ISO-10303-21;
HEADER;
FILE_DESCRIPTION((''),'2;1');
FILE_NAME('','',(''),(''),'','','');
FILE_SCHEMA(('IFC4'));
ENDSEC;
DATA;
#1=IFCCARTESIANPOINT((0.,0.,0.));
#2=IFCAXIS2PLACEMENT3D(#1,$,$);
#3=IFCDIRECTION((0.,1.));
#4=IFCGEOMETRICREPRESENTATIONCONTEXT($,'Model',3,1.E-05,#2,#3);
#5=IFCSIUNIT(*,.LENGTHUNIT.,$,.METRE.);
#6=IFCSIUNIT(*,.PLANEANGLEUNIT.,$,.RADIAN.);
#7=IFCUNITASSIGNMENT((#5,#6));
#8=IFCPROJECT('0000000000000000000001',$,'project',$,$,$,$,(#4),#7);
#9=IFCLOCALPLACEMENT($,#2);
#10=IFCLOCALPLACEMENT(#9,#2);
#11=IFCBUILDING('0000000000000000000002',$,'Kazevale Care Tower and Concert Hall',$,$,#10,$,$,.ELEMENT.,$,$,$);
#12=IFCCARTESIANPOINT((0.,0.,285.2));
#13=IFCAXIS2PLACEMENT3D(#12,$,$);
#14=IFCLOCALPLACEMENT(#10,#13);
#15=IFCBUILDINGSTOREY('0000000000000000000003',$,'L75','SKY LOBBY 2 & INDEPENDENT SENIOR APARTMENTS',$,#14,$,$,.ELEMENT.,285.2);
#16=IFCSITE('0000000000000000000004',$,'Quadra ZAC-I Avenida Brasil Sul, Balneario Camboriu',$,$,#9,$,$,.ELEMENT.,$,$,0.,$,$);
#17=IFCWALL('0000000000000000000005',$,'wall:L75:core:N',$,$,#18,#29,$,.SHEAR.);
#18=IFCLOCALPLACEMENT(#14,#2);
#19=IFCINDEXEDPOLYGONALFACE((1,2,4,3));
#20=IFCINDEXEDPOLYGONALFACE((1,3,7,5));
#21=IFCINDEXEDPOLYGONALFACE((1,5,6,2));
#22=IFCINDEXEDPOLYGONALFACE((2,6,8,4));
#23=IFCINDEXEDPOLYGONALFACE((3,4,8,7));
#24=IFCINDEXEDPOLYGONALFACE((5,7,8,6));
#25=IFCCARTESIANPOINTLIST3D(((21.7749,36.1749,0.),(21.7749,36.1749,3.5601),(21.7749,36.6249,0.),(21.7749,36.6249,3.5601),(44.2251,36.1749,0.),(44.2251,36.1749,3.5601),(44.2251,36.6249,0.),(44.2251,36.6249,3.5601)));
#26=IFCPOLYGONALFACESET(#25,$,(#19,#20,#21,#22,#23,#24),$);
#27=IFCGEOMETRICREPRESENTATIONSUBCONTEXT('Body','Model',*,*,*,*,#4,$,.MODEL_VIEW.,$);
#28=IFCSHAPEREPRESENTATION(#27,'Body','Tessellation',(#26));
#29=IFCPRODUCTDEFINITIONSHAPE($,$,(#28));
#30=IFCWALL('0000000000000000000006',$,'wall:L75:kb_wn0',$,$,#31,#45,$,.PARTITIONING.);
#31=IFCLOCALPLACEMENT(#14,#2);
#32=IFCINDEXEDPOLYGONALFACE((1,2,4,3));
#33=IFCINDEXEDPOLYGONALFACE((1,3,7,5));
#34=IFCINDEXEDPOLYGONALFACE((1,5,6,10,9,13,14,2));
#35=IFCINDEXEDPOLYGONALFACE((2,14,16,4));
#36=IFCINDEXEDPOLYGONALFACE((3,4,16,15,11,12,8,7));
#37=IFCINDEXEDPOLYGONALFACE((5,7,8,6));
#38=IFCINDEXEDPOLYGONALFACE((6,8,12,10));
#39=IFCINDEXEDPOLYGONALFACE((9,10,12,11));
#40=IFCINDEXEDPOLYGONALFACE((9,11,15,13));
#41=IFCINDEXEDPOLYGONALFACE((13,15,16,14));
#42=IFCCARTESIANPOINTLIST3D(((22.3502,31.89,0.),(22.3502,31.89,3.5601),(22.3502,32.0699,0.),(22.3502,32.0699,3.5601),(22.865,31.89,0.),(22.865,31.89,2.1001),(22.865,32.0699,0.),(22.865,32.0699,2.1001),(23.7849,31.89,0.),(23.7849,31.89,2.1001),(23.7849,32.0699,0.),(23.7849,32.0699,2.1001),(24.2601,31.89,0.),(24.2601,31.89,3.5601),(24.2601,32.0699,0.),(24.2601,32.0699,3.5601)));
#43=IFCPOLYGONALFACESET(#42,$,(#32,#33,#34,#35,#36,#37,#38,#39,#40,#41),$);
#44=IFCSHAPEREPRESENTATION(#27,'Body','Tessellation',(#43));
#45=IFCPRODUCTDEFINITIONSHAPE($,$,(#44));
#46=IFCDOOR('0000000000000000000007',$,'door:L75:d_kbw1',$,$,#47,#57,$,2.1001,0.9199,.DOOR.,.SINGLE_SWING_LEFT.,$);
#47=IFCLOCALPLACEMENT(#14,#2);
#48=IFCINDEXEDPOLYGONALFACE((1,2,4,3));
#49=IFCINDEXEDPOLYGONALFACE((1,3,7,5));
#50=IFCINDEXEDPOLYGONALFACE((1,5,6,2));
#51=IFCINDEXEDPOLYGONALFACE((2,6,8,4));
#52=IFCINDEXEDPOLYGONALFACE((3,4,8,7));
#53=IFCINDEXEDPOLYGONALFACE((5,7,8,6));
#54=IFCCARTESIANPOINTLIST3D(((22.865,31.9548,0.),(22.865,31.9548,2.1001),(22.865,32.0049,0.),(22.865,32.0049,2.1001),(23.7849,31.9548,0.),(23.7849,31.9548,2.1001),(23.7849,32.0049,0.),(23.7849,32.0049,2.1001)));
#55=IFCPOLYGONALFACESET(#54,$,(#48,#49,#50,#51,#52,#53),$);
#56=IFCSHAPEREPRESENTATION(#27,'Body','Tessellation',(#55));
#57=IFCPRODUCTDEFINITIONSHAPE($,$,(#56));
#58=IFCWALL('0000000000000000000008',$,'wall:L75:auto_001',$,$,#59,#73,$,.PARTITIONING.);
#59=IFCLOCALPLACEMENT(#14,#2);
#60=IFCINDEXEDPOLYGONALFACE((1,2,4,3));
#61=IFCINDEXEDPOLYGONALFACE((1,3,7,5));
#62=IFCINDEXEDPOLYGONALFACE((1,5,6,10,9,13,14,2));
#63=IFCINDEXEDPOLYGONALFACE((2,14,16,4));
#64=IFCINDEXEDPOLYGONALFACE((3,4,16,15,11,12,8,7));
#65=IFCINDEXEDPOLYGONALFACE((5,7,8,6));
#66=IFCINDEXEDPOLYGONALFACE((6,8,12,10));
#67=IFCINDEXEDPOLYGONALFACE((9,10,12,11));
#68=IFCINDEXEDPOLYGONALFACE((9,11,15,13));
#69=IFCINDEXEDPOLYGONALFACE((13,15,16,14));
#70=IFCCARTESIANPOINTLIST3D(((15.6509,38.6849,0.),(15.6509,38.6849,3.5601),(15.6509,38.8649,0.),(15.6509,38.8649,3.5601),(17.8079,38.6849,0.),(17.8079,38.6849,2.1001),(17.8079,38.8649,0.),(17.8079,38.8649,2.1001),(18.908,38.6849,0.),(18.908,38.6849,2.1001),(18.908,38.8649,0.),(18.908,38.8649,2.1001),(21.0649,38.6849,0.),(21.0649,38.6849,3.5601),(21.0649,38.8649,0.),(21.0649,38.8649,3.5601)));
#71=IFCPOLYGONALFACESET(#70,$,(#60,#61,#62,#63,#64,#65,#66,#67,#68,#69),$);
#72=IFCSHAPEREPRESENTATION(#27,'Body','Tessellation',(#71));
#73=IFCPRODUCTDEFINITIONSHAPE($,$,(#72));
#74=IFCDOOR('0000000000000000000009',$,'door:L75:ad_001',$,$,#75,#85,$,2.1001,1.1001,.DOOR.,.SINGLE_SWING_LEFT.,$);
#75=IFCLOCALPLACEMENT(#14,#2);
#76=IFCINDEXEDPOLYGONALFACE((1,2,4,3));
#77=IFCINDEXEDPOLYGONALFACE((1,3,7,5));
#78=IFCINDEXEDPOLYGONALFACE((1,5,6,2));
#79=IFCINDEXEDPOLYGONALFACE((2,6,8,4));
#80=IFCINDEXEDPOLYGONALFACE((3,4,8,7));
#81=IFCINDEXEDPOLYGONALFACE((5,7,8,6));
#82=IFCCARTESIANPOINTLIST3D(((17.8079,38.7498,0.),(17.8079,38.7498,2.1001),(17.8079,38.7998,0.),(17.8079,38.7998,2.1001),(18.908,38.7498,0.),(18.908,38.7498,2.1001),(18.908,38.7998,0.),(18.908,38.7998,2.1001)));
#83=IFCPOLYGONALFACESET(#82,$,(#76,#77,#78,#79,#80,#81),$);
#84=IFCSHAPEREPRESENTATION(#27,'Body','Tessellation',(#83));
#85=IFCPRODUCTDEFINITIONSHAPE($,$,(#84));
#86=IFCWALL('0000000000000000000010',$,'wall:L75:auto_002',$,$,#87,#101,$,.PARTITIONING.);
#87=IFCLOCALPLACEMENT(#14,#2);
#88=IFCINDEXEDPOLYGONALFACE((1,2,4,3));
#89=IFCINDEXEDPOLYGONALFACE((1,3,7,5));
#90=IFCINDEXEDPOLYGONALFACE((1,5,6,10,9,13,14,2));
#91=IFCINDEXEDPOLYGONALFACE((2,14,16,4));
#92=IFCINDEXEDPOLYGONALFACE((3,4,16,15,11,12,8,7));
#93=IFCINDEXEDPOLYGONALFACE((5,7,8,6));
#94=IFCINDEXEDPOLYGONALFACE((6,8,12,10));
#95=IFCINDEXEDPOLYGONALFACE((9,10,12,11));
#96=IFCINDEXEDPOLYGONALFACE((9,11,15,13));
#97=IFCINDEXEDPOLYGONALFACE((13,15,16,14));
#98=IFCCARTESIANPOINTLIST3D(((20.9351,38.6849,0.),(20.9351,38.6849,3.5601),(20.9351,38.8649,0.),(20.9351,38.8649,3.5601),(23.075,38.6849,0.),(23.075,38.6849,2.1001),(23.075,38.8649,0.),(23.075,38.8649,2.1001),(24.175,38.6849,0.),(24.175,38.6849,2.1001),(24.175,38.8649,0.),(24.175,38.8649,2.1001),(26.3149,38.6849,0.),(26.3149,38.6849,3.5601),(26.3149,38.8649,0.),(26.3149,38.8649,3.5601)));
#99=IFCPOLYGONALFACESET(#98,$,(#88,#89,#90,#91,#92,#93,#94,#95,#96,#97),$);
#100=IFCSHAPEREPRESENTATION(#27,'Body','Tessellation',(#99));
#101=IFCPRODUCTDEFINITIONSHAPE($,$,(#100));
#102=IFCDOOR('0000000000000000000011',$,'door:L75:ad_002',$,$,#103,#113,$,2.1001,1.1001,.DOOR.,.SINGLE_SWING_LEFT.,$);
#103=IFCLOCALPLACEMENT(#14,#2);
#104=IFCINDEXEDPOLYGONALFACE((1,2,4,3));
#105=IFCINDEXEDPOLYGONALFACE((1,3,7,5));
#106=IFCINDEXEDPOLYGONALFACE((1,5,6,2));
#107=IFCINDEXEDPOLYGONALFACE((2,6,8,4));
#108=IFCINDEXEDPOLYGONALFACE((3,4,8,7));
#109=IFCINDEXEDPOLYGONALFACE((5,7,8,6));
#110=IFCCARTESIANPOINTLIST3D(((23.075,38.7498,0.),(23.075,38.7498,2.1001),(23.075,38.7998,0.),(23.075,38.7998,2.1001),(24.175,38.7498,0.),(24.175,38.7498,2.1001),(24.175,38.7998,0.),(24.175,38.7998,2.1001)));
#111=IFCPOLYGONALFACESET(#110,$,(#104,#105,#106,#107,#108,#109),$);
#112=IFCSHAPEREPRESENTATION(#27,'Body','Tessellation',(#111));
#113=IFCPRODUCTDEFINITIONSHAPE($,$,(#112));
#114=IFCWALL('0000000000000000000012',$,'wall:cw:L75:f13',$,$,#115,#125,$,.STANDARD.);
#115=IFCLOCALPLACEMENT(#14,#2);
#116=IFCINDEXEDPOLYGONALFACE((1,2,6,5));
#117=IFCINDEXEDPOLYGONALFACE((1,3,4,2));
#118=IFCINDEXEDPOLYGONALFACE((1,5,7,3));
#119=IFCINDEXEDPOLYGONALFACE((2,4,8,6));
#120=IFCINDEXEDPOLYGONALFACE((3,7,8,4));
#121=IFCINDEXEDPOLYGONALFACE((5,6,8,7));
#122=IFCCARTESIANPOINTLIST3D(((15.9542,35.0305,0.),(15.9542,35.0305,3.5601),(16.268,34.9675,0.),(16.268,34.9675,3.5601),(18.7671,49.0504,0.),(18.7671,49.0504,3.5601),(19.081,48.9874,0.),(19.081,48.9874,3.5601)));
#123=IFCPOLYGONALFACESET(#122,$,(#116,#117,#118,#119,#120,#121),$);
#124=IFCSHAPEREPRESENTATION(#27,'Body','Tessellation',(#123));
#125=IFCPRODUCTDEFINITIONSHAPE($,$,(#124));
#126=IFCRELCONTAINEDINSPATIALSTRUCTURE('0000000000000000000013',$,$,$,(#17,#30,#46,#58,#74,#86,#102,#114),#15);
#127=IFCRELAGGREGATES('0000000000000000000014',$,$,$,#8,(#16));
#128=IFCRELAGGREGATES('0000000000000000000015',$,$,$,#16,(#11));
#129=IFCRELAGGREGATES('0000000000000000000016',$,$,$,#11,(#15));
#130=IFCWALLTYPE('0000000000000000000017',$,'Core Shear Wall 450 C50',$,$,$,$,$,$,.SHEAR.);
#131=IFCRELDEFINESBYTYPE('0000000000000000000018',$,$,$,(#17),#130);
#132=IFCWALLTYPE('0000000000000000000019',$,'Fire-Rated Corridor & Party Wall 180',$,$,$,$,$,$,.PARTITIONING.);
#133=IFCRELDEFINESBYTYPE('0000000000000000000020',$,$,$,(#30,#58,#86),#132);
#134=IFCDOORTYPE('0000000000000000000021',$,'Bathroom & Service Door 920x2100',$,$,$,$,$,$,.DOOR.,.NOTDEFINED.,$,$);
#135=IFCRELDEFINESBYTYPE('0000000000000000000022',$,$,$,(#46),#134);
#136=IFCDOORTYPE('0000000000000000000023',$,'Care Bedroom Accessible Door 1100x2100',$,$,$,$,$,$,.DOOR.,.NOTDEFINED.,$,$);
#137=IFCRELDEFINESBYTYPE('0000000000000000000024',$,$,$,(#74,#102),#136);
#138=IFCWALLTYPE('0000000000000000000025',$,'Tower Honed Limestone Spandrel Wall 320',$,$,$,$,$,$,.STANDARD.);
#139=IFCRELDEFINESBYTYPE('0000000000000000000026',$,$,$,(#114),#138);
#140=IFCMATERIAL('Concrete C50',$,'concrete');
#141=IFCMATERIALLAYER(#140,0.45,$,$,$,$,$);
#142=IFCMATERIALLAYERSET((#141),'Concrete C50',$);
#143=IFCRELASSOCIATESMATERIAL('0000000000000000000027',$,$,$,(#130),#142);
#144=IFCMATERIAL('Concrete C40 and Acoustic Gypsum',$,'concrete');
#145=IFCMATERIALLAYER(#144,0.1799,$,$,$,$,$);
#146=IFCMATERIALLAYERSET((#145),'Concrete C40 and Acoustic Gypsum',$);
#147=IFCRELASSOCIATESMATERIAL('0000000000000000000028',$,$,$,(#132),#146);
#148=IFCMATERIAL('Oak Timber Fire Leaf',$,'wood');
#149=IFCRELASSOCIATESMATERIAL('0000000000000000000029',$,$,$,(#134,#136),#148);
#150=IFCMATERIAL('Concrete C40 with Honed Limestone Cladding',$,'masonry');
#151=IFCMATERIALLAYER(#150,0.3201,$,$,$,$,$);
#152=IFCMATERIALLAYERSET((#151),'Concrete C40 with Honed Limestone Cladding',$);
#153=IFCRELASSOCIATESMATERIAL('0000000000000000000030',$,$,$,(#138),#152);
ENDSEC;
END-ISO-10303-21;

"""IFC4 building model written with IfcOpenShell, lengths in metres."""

from ifc_helpers import new_model, si_unit, direction, frame, frame_2d, origin, place, context, subcontext, project, spatial, rectangle, extrude, material, layer, layer_set, type_object, element, fill, save


model = new_model("IFC4")

# Units and contexts
model_context = context("Model", 3, precision=1e-05, world=origin(), true_north=direction((0.0, 1.0)))
body_context = subcontext(model_context, "Body", "Model", "MODEL_VIEW")
ifc_project = project(units=[si_unit("LENGTHUNIT", "METRE"), si_unit("PLANEANGLEUNIT", "RADIAN")], contexts=[model_context])

# Site, building, storey
site_placement = place(None, origin())
site = spatial("IfcSite", under=ifc_project, at=site_placement, Name="Quadra ZAC-I Avenida Brasil Sul, Balneario Camboriu", CompositionType="ELEMENT", RefElevation=0.0)
building_placement = place(site_placement, origin())
building = spatial("IfcBuilding", under=site, at=building_placement, Name="Kazevale Care Tower and Concert Hall", CompositionType="ELEMENT")
storey_placement = place(building_placement, frame((0.0, 0.0, 285.2)))
storey = spatial("IfcBuildingStorey", under=building, at=storey_placement, Name="L75", Description="SKY LOBBY 2 & INDEPENDENT SENIOR APARTMENTS", CompositionType="ELEMENT", Elevation=285.2)

# Shared definitions
ifc_material_1 = material(Name="Concrete C50", Category="concrete")

# Wall
ifc_layer_1 = layer(ifc_material_1, 0.45)
ifc_layer_set_1 = layer_set([ifc_layer_1], Name="Concrete C50")
wall_type_1 = type_object("IfcWallType", Name="Core Shear Wall 450 C50", PredefinedType="SHEAR", material=ifc_layer_set_1)
wall_1_placement = place(storey_placement, frame((21.7749, 36.3999, 0.0), z_axis=(0.0, 0.0, 1.0), x_axis=(1.0, 0.0, 0.0)))
element("IfcWall", 1, at=wall_1_placement, inside=storey, type_object=wall_type_1, Name="wall:L75:core:N", PredefinedType="SHEAR", context=body_context, shape_type="SweptSolid", body=[
    extrude(rectangle(XDim=22.4502, YDim=0.45, at=frame_2d((11.2251, 0.0))), origin(), (0.0, 0.0, 1.0), 3.5601),
])

# Walls, openings, doors
ifc_material_2 = material(Name="Concrete C40 and Acoustic Gypsum", Category="concrete")
ifc_layer_2 = layer(ifc_material_2, 0.1799)
ifc_layer_set_2 = layer_set([ifc_layer_2], Name="Concrete C40 and Acoustic Gypsum")
wall_type_2 = type_object("IfcWallType", Name="Fire-Rated Corridor & Party Wall 180", PredefinedType="PARTITIONING", material=ifc_layer_set_2)
wall_2_placement = place(storey_placement, frame((22.3501, 31.98, 0.0), z_axis=(0.0, 0.0, 1.0), x_axis=(1.0, 0.0, 0.0)))
wall_2 = element("IfcWall", 2, at=wall_2_placement, inside=storey, type_object=wall_type_2, Name="wall:L75:kb_wn0", PredefinedType="PARTITIONING", context=body_context, shape_type="SweptSolid", body=[
    extrude(rectangle(XDim=1.9099, YDim=0.1799, at=frame_2d((0.9551, 0.0))), origin(), (0.0, 0.0, 1.0), 3.5601),
])
opening_1_placement = place(wall_2_placement, frame((0.5149, 0.0, 0.0)))
opening_1 = element("IfcOpeningElement", 3, at=opening_1_placement, cuts=wall_2, PredefinedType="OPENING", context=body_context, shape_type="SweptSolid", body=[
    extrude(rectangle(XDim=0.9199, YDim=2.1001, at=frame_2d((0.46, 1.05))), frame((0.0, 0.0999, 0.0), z_axis=(0.0, -1.0, 0.0), x_axis=(1.0, 0.0, 0.0)), (0.0, 0.0, 1.0), 0.2),
])
ifc_material_3 = material(Name="Oak Timber Fire Leaf", Category="wood")
door_type_1 = type_object("IfcDoorType", Name="Bathroom & Service Door 920x2100", OperationType="NOTDEFINED", PredefinedType="DOOR", material=ifc_material_3)
door_1_placement = place(opening_1_placement, origin())
door_1 = element("IfcDoor", 4, at=door_1_placement, inside=storey, type_object=door_type_1, Name="door:L75:d_kbw1", OperationType="SINGLE_SWING_LEFT", OverallHeight=2.1001, OverallWidth=0.9199, PredefinedType="DOOR", context=body_context, shape_type="SweptSolid", body=[
    extrude(rectangle(XDim=0.9199, YDim=2.1001, at=frame_2d((0.46, 1.05))), frame((0.0, 0.0249, 0.0), z_axis=(0.0, -1.0, 0.0), x_axis=(1.0, 0.0, 0.0)), (0.0, 0.0, 1.0), 0.05),
])
fill(opening_1, door_1)
wall_3_placement = place(storey_placement, frame((15.6509, 38.7749, 0.0), z_axis=(0.0, 0.0, 1.0), x_axis=(1.0, 0.0, 0.0)))
wall_3 = element("IfcWall", 5, at=wall_3_placement, inside=storey, type_object=wall_type_2, Name="wall:L75:auto_001", PredefinedType="PARTITIONING", context=body_context, shape_type="SweptSolid", body=[
    extrude(rectangle(XDim=5.4141, YDim=0.1799, at=frame_2d((2.707, 0.0))), origin(), (0.0, 0.0, 1.0), 3.5601),
])
opening_2_placement = place(wall_3_placement, frame((2.157, 0.0, 0.0)))
opening_2 = element("IfcOpeningElement", 6, at=opening_2_placement, cuts=wall_3, PredefinedType="OPENING", context=body_context, shape_type="SweptSolid", body=[
    extrude(rectangle(XDim=1.1001, YDim=2.1001, at=frame_2d((0.55, 1.05))), frame((0.0, 0.0999, 0.0), z_axis=(0.0, -1.0, 0.0), x_axis=(1.0, 0.0, 0.0)), (0.0, 0.0, 1.0), 0.2),
])
door_type_2 = type_object("IfcDoorType", Name="Care Bedroom Accessible Door 1100x2100", OperationType="NOTDEFINED", PredefinedType="DOOR", material=ifc_material_3)
door_2_placement = place(opening_2_placement, origin())
door_2 = element("IfcDoor", 7, at=door_2_placement, inside=storey, type_object=door_type_2, Name="door:L75:ad_001", OperationType="SINGLE_SWING_LEFT", OverallHeight=2.1001, OverallWidth=1.1001, PredefinedType="DOOR", context=body_context, shape_type="SweptSolid", body=[
    extrude(rectangle(XDim=1.1001, YDim=2.1001, at=frame_2d((0.55, 1.05))), frame((0.0, 0.0249, 0.0), z_axis=(0.0, -1.0, 0.0), x_axis=(1.0, 0.0, 0.0)), (0.0, 0.0, 1.0), 0.05),
])
fill(opening_2, door_2)
wall_4_placement = place(storey_placement, frame((20.9351, 38.7749, 0.0), z_axis=(0.0, 0.0, 1.0), x_axis=(1.0, 0.0, 0.0)))
wall_4 = element("IfcWall", 8, at=wall_4_placement, inside=storey, type_object=wall_type_2, Name="wall:L75:auto_002", PredefinedType="PARTITIONING", context=body_context, shape_type="SweptSolid", body=[
    extrude(rectangle(XDim=5.3799, YDim=0.1799, at=frame_2d((2.6899, 0.0))), origin(), (0.0, 0.0, 1.0), 3.5601),
])
opening_3_placement = place(wall_4_placement, frame((2.1399, 0.0, 0.0)))
opening_3 = element("IfcOpeningElement", 9, at=opening_3_placement, cuts=wall_4, PredefinedType="OPENING", context=body_context, shape_type="SweptSolid", body=[
    extrude(rectangle(XDim=1.1001, YDim=2.1001, at=frame_2d((0.55, 1.05))), frame((0.0, 0.0999, 0.0), z_axis=(0.0, -1.0, 0.0), x_axis=(1.0, 0.0, 0.0)), (0.0, 0.0, 1.0), 0.2),
])
door_3_placement = place(opening_3_placement, origin())
door_3 = element("IfcDoor", 10, at=door_3_placement, inside=storey, type_object=door_type_2, Name="door:L75:ad_002", OperationType="SINGLE_SWING_LEFT", OverallHeight=2.1001, OverallWidth=1.1001, PredefinedType="DOOR", context=body_context, shape_type="SweptSolid", body=[
    extrude(rectangle(XDim=1.1001, YDim=2.1001, at=frame_2d((0.55, 1.05))), frame((0.0, 0.0249, 0.0), z_axis=(0.0, -1.0, 0.0), x_axis=(1.0, 0.0, 0.0)), (0.0, 0.0, 1.0), 0.05),
])
fill(opening_3, door_3)

# Wall
ifc_material_4 = material(Name="Concrete C40 with Honed Limestone Cladding", Category="masonry")
ifc_layer_3 = layer(ifc_material_4, 0.3201)
ifc_layer_set_3 = layer_set([ifc_layer_3], Name="Concrete C40 with Honed Limestone Cladding")
wall_type_3 = type_object("IfcWallType", Name="Tower Honed Limestone Spandrel Wall 320", PredefinedType="STANDARD", material=ifc_layer_set_3)
wall_5_placement = place(storey_placement, frame((16.1111, 34.999, 0.0), z_axis=(0.0, 0.0, 1.0), x_axis=(0.19672, 0.98046, 0.0)))
element("IfcWall", 11, at=wall_5_placement, inside=storey, type_object=wall_type_3, Name="wall:cw:L75:f13", PredefinedType="STANDARD", context=body_context, shape_type="SweptSolid", body=[
    extrude(rectangle(XDim=14.2993, YDim=0.3201, at=frame_2d((7.1497, 0.0))), origin(), (0.0, 0.0, 1.0), 3.5601),
])

save(model, "model.ifc")
